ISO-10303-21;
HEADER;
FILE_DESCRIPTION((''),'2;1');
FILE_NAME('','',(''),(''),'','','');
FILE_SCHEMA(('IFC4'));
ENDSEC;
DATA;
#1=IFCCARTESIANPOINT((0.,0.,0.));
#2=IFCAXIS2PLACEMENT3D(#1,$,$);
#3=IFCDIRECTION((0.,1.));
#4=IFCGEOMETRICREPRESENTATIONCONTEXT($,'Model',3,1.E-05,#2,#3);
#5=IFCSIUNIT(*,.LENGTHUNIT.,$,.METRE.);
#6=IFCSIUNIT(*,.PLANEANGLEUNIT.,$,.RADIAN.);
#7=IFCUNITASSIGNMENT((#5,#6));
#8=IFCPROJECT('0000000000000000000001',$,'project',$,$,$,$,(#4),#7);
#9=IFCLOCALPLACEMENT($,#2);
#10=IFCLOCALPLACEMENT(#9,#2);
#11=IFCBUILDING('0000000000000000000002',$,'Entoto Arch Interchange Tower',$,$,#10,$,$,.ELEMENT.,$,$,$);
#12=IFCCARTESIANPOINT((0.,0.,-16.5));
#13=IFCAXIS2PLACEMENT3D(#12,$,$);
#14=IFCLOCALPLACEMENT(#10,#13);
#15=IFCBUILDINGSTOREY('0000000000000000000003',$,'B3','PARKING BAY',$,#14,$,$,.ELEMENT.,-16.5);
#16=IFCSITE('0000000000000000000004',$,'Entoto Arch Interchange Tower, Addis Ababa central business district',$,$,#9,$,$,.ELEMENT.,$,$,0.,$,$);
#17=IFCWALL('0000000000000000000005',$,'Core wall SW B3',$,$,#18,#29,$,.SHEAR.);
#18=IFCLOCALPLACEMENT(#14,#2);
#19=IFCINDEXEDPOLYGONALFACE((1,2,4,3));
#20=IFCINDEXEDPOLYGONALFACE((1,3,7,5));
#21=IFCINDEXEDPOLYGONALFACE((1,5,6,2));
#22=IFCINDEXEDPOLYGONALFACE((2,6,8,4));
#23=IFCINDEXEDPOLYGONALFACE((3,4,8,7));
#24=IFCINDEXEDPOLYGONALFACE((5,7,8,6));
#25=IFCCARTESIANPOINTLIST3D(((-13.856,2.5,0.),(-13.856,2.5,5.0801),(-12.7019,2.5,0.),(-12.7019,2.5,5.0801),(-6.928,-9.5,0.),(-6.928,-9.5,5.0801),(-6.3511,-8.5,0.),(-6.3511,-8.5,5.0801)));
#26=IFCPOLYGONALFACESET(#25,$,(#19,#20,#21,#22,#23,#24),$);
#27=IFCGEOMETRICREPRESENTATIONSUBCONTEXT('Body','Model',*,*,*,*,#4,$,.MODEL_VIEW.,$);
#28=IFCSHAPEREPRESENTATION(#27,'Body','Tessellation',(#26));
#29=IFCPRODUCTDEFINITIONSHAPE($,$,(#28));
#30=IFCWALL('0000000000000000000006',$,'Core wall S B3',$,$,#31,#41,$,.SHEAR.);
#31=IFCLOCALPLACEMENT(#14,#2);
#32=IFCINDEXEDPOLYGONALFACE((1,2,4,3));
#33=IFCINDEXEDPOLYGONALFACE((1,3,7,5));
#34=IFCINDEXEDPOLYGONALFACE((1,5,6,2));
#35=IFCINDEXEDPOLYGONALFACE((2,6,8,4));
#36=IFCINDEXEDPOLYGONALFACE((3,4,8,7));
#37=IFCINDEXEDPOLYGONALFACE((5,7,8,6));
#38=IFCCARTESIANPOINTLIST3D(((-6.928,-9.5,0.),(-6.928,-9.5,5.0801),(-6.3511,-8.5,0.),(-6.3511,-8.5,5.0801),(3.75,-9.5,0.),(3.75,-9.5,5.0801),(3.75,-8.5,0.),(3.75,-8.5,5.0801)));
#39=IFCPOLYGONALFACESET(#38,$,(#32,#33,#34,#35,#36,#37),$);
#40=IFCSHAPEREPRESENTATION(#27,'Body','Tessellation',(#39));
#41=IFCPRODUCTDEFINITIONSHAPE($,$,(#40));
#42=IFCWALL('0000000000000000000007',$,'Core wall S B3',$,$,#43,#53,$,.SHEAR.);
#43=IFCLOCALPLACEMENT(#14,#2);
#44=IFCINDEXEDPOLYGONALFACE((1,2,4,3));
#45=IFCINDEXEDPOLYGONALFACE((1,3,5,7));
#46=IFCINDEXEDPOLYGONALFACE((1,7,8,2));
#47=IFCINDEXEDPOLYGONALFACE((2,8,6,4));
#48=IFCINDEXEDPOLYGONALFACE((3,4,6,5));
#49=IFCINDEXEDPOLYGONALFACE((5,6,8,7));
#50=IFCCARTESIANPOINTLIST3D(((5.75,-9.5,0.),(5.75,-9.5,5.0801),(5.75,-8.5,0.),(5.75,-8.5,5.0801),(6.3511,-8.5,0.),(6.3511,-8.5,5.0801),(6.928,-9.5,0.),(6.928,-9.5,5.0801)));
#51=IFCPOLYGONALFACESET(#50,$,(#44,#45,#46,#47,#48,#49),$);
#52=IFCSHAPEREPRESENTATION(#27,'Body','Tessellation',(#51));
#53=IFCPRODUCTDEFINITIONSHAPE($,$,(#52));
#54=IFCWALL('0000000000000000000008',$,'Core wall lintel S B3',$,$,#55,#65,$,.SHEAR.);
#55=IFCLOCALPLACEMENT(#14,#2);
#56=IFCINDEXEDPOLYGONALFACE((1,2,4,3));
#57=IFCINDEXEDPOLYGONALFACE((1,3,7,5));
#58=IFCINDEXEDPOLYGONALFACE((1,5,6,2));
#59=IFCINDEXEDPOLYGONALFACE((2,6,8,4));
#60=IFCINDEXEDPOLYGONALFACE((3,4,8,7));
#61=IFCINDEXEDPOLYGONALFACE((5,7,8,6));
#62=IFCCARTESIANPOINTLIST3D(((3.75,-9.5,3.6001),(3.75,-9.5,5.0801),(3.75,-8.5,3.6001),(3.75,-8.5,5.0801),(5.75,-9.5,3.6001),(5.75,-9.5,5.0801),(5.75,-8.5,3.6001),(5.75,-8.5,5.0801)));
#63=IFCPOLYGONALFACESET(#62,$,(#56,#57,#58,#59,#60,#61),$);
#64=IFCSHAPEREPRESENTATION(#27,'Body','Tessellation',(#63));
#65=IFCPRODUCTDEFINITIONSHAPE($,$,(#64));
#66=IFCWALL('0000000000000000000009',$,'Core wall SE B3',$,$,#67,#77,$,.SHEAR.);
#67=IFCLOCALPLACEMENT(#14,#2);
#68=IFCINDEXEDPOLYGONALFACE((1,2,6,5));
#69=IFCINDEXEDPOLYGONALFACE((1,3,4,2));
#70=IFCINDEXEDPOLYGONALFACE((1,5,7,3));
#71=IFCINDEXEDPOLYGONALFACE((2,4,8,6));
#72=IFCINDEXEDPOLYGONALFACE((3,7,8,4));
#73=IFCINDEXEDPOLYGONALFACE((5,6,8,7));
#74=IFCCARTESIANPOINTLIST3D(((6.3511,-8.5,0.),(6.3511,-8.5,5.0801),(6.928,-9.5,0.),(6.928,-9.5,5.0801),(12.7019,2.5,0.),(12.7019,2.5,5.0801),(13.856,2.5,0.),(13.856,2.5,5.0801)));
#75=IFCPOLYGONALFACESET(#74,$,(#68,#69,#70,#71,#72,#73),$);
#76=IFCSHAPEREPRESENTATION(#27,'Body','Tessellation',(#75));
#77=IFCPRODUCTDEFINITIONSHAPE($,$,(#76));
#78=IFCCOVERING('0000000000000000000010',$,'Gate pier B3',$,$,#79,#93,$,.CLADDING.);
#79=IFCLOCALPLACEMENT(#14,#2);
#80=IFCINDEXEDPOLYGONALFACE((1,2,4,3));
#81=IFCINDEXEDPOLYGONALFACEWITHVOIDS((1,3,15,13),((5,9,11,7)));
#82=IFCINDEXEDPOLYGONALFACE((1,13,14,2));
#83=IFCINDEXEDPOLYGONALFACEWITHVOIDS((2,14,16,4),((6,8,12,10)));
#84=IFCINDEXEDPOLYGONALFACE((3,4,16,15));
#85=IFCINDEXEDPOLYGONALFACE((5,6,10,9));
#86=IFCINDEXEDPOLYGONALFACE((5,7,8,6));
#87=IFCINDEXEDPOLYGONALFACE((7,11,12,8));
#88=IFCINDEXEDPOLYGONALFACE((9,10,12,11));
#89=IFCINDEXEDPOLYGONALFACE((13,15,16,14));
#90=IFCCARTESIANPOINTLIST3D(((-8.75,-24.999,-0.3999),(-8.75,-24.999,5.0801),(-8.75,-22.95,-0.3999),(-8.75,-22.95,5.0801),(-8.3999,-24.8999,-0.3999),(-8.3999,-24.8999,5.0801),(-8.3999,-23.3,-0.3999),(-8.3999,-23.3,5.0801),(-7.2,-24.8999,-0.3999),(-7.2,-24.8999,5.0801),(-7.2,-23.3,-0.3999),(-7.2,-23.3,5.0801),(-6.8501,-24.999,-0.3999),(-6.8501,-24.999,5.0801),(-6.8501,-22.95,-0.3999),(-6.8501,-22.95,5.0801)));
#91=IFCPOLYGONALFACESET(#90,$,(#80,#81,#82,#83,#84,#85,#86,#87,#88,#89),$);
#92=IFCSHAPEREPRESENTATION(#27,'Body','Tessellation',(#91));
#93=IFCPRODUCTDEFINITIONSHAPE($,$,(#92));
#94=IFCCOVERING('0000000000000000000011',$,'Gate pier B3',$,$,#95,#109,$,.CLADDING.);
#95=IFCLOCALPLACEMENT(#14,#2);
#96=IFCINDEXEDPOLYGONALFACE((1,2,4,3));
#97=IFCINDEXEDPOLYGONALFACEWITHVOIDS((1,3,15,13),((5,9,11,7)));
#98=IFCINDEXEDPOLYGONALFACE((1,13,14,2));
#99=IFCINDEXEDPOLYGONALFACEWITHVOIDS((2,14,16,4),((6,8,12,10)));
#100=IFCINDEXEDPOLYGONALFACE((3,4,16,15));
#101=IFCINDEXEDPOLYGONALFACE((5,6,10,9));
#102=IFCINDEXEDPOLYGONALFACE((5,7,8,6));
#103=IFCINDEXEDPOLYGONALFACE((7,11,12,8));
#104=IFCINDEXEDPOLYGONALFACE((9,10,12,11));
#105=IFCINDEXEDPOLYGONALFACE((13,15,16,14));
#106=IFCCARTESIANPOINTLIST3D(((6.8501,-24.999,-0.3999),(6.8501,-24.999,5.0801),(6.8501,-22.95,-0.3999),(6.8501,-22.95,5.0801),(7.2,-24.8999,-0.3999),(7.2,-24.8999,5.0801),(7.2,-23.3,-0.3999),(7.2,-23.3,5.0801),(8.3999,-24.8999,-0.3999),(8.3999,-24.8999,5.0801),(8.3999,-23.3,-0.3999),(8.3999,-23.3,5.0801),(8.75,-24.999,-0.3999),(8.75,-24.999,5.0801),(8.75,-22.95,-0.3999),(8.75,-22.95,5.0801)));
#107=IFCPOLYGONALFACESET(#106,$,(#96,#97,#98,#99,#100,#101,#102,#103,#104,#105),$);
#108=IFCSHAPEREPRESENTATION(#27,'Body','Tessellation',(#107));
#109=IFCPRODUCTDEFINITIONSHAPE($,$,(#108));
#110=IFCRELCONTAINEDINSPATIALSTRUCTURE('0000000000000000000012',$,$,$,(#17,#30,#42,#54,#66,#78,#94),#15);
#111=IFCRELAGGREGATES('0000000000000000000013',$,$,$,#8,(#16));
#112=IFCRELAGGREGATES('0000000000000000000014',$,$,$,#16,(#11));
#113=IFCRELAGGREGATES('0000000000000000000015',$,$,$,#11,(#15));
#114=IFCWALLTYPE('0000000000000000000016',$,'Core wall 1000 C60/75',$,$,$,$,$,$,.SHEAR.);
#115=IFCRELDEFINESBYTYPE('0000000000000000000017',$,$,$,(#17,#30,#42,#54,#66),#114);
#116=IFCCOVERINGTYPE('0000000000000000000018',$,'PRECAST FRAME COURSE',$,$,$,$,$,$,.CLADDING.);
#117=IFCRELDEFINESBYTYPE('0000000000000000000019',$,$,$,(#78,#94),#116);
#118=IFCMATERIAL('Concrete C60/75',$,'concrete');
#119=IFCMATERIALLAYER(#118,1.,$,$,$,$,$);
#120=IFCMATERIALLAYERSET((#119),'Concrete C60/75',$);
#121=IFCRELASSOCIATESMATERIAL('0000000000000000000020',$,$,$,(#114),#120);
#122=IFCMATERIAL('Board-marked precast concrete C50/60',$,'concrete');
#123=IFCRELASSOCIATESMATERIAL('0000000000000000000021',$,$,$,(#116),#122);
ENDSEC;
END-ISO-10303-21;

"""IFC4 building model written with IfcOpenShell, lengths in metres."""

from ifc_helpers import new_model, si_unit, direction, frame, origin, place, context, subcontext, project, spatial, polyline, outline, extrude, material, layer, layer_set, type_object, element, save


model = new_model("IFC4")

# Units and contexts
model_context = context("Model", 3, precision=1e-05, world=origin(), true_north=direction((0.0, 1.0)))
body_context = subcontext(model_context, "Body", "Model", "MODEL_VIEW")
ifc_project = project(units=[si_unit("LENGTHUNIT", "METRE"), si_unit("PLANEANGLEUNIT", "RADIAN")], contexts=[model_context])

# Site, building, storey
site_placement = place(None, origin())
site = spatial("IfcSite", under=ifc_project, at=site_placement, Name="Entoto Arch Interchange Tower, Addis Ababa central business district", CompositionType="ELEMENT", RefElevation=0.0)
building_placement = place(site_placement, origin())
building = spatial("IfcBuilding", under=site, at=building_placement, Name="Entoto Arch Interchange Tower", CompositionType="ELEMENT")
storey_placement = place(building_placement, frame((0.0, 0.0, -16.5)))
storey = spatial("IfcBuildingStorey", under=building, at=storey_placement, Name="B3", Description="PARKING BAY", CompositionType="ELEMENT", Elevation=-16.5)

# Walls
ifc_material_1 = material(Name="Concrete C60/75", Category="concrete")
ifc_layer_1 = layer(ifc_material_1, 1.0)
ifc_layer_set_1 = layer_set([ifc_layer_1], Name="Concrete C60/75")
wall_type_1 = type_object("IfcWallType", Name="Core wall 1000 C60/75", PredefinedType="SHEAR", material=ifc_layer_set_1)
wall_1_placement = place(storey_placement, origin())
element("IfcWall", 1, at=wall_1_placement, inside=storey, type_object=wall_type_1, Name="Core wall SW B3", PredefinedType="SHEAR", context=body_context, shape_type="SweptSolid", body=[
    extrude(outline(polyline([(-13.856, 2.5), (-6.928, -9.5), (-6.3511, -8.5), (-12.7019, 2.5), (-13.856, 2.5)])), origin(), (0.0, 0.0, 1.0), 5.0801),
])
wall_2_placement = place(storey_placement, origin())
element("IfcWall", 2, at=wall_2_placement, inside=storey, type_object=wall_type_1, Name="Core wall S B3", PredefinedType="SHEAR", context=body_context, shape_type="SweptSolid", body=[
    extrude(outline(polyline([(3.75, -9.5), (3.75, -8.5), (-6.3511, -8.5), (-6.928, -9.5), (3.75, -9.5)])), origin(), (0.0, 0.0, 1.0), 5.0801),
])
wall_3_placement = place(storey_placement, origin())
element("IfcWall", 3, at=wall_3_placement, inside=storey, type_object=wall_type_1, Name="Core wall S B3", PredefinedType="SHEAR", context=body_context, shape_type="SweptSolid", body=[
    extrude(outline(polyline([(5.75, -8.5), (5.75, -9.5), (6.928, -9.5), (6.3511, -8.5), (5.75, -8.5)])), origin(), (0.0, 0.0, 1.0), 5.0801),
])
wall_4_placement = place(storey_placement, frame((0.0, 0.0, 3.6001)))
element("IfcWall", 4, at=wall_4_placement, inside=storey, type_object=wall_type_1, Name="Core wall lintel S B3", PredefinedType="SHEAR", context=body_context, shape_type="SweptSolid", body=[
    extrude(outline(polyline([(5.75, -9.5), (5.75, -8.5), (3.75, -8.5), (3.75, -9.5), (5.75, -9.5)])), origin(), (0.0, 0.0, 1.0), 1.48),
])
wall_5_placement = place(storey_placement, origin())
element("IfcWall", 5, at=wall_5_placement, inside=storey, type_object=wall_type_1, Name="Core wall SE B3", PredefinedType="SHEAR", context=body_context, shape_type="SweptSolid", body=[
    extrude(outline(polyline([(6.928, -9.5), (13.856, 2.5), (12.7019, 2.5), (6.3511, -8.5), (6.928, -9.5)])), origin(), (0.0, 0.0, 1.0), 5.0801),
])

# Coverings
ifc_material_2 = material(Name="Board-marked precast concrete C50/60", Category="concrete")
covering_type = type_object("IfcCoveringType", Name="PRECAST FRAME COURSE", PredefinedType="CLADDING", material=ifc_material_2)
covering_1_placement = place(storey_placement, frame((0.0, 0.0, -0.3999)))
element("IfcCovering", 6, at=covering_1_placement, inside=storey, type_object=covering_type, Name="Gate pier B3", PredefinedType="CLADDING", context=body_context, shape_type="SweptSolid", body=[
    extrude(outline(polyline([(-8.75, -22.95), (-6.8501, -22.95), (-6.8501, -24.999), (-8.75, -24.999), (-8.75, -22.95)]), holes=[polyline([(-8.3999, -23.3), (-8.3999, -24.8999), (-7.2, -24.8999), (-7.2, -23.3), (-8.3999, -23.3)])]), origin(), (0.0, 0.0, 1.0), 5.48),
])
covering_2_placement = place(storey_placement, frame((0.0, 0.0, -0.3999)))
element("IfcCovering", 7, at=covering_2_placement, inside=storey, type_object=covering_type, Name="Gate pier B3", PredefinedType="CLADDING", context=body_context, shape_type="SweptSolid", body=[
    extrude(outline(polyline([(6.8501, -22.95), (8.75, -22.95), (8.75, -24.999), (6.8501, -24.999), (6.8501, -22.95)]), holes=[polyline([(7.2, -23.3), (7.2, -24.8999), (8.3999, -24.8999), (8.3999, -23.3), (7.2, -23.3)])]), origin(), (0.0, 0.0, 1.0), 5.48),
])

save(model, "model.ifc")
